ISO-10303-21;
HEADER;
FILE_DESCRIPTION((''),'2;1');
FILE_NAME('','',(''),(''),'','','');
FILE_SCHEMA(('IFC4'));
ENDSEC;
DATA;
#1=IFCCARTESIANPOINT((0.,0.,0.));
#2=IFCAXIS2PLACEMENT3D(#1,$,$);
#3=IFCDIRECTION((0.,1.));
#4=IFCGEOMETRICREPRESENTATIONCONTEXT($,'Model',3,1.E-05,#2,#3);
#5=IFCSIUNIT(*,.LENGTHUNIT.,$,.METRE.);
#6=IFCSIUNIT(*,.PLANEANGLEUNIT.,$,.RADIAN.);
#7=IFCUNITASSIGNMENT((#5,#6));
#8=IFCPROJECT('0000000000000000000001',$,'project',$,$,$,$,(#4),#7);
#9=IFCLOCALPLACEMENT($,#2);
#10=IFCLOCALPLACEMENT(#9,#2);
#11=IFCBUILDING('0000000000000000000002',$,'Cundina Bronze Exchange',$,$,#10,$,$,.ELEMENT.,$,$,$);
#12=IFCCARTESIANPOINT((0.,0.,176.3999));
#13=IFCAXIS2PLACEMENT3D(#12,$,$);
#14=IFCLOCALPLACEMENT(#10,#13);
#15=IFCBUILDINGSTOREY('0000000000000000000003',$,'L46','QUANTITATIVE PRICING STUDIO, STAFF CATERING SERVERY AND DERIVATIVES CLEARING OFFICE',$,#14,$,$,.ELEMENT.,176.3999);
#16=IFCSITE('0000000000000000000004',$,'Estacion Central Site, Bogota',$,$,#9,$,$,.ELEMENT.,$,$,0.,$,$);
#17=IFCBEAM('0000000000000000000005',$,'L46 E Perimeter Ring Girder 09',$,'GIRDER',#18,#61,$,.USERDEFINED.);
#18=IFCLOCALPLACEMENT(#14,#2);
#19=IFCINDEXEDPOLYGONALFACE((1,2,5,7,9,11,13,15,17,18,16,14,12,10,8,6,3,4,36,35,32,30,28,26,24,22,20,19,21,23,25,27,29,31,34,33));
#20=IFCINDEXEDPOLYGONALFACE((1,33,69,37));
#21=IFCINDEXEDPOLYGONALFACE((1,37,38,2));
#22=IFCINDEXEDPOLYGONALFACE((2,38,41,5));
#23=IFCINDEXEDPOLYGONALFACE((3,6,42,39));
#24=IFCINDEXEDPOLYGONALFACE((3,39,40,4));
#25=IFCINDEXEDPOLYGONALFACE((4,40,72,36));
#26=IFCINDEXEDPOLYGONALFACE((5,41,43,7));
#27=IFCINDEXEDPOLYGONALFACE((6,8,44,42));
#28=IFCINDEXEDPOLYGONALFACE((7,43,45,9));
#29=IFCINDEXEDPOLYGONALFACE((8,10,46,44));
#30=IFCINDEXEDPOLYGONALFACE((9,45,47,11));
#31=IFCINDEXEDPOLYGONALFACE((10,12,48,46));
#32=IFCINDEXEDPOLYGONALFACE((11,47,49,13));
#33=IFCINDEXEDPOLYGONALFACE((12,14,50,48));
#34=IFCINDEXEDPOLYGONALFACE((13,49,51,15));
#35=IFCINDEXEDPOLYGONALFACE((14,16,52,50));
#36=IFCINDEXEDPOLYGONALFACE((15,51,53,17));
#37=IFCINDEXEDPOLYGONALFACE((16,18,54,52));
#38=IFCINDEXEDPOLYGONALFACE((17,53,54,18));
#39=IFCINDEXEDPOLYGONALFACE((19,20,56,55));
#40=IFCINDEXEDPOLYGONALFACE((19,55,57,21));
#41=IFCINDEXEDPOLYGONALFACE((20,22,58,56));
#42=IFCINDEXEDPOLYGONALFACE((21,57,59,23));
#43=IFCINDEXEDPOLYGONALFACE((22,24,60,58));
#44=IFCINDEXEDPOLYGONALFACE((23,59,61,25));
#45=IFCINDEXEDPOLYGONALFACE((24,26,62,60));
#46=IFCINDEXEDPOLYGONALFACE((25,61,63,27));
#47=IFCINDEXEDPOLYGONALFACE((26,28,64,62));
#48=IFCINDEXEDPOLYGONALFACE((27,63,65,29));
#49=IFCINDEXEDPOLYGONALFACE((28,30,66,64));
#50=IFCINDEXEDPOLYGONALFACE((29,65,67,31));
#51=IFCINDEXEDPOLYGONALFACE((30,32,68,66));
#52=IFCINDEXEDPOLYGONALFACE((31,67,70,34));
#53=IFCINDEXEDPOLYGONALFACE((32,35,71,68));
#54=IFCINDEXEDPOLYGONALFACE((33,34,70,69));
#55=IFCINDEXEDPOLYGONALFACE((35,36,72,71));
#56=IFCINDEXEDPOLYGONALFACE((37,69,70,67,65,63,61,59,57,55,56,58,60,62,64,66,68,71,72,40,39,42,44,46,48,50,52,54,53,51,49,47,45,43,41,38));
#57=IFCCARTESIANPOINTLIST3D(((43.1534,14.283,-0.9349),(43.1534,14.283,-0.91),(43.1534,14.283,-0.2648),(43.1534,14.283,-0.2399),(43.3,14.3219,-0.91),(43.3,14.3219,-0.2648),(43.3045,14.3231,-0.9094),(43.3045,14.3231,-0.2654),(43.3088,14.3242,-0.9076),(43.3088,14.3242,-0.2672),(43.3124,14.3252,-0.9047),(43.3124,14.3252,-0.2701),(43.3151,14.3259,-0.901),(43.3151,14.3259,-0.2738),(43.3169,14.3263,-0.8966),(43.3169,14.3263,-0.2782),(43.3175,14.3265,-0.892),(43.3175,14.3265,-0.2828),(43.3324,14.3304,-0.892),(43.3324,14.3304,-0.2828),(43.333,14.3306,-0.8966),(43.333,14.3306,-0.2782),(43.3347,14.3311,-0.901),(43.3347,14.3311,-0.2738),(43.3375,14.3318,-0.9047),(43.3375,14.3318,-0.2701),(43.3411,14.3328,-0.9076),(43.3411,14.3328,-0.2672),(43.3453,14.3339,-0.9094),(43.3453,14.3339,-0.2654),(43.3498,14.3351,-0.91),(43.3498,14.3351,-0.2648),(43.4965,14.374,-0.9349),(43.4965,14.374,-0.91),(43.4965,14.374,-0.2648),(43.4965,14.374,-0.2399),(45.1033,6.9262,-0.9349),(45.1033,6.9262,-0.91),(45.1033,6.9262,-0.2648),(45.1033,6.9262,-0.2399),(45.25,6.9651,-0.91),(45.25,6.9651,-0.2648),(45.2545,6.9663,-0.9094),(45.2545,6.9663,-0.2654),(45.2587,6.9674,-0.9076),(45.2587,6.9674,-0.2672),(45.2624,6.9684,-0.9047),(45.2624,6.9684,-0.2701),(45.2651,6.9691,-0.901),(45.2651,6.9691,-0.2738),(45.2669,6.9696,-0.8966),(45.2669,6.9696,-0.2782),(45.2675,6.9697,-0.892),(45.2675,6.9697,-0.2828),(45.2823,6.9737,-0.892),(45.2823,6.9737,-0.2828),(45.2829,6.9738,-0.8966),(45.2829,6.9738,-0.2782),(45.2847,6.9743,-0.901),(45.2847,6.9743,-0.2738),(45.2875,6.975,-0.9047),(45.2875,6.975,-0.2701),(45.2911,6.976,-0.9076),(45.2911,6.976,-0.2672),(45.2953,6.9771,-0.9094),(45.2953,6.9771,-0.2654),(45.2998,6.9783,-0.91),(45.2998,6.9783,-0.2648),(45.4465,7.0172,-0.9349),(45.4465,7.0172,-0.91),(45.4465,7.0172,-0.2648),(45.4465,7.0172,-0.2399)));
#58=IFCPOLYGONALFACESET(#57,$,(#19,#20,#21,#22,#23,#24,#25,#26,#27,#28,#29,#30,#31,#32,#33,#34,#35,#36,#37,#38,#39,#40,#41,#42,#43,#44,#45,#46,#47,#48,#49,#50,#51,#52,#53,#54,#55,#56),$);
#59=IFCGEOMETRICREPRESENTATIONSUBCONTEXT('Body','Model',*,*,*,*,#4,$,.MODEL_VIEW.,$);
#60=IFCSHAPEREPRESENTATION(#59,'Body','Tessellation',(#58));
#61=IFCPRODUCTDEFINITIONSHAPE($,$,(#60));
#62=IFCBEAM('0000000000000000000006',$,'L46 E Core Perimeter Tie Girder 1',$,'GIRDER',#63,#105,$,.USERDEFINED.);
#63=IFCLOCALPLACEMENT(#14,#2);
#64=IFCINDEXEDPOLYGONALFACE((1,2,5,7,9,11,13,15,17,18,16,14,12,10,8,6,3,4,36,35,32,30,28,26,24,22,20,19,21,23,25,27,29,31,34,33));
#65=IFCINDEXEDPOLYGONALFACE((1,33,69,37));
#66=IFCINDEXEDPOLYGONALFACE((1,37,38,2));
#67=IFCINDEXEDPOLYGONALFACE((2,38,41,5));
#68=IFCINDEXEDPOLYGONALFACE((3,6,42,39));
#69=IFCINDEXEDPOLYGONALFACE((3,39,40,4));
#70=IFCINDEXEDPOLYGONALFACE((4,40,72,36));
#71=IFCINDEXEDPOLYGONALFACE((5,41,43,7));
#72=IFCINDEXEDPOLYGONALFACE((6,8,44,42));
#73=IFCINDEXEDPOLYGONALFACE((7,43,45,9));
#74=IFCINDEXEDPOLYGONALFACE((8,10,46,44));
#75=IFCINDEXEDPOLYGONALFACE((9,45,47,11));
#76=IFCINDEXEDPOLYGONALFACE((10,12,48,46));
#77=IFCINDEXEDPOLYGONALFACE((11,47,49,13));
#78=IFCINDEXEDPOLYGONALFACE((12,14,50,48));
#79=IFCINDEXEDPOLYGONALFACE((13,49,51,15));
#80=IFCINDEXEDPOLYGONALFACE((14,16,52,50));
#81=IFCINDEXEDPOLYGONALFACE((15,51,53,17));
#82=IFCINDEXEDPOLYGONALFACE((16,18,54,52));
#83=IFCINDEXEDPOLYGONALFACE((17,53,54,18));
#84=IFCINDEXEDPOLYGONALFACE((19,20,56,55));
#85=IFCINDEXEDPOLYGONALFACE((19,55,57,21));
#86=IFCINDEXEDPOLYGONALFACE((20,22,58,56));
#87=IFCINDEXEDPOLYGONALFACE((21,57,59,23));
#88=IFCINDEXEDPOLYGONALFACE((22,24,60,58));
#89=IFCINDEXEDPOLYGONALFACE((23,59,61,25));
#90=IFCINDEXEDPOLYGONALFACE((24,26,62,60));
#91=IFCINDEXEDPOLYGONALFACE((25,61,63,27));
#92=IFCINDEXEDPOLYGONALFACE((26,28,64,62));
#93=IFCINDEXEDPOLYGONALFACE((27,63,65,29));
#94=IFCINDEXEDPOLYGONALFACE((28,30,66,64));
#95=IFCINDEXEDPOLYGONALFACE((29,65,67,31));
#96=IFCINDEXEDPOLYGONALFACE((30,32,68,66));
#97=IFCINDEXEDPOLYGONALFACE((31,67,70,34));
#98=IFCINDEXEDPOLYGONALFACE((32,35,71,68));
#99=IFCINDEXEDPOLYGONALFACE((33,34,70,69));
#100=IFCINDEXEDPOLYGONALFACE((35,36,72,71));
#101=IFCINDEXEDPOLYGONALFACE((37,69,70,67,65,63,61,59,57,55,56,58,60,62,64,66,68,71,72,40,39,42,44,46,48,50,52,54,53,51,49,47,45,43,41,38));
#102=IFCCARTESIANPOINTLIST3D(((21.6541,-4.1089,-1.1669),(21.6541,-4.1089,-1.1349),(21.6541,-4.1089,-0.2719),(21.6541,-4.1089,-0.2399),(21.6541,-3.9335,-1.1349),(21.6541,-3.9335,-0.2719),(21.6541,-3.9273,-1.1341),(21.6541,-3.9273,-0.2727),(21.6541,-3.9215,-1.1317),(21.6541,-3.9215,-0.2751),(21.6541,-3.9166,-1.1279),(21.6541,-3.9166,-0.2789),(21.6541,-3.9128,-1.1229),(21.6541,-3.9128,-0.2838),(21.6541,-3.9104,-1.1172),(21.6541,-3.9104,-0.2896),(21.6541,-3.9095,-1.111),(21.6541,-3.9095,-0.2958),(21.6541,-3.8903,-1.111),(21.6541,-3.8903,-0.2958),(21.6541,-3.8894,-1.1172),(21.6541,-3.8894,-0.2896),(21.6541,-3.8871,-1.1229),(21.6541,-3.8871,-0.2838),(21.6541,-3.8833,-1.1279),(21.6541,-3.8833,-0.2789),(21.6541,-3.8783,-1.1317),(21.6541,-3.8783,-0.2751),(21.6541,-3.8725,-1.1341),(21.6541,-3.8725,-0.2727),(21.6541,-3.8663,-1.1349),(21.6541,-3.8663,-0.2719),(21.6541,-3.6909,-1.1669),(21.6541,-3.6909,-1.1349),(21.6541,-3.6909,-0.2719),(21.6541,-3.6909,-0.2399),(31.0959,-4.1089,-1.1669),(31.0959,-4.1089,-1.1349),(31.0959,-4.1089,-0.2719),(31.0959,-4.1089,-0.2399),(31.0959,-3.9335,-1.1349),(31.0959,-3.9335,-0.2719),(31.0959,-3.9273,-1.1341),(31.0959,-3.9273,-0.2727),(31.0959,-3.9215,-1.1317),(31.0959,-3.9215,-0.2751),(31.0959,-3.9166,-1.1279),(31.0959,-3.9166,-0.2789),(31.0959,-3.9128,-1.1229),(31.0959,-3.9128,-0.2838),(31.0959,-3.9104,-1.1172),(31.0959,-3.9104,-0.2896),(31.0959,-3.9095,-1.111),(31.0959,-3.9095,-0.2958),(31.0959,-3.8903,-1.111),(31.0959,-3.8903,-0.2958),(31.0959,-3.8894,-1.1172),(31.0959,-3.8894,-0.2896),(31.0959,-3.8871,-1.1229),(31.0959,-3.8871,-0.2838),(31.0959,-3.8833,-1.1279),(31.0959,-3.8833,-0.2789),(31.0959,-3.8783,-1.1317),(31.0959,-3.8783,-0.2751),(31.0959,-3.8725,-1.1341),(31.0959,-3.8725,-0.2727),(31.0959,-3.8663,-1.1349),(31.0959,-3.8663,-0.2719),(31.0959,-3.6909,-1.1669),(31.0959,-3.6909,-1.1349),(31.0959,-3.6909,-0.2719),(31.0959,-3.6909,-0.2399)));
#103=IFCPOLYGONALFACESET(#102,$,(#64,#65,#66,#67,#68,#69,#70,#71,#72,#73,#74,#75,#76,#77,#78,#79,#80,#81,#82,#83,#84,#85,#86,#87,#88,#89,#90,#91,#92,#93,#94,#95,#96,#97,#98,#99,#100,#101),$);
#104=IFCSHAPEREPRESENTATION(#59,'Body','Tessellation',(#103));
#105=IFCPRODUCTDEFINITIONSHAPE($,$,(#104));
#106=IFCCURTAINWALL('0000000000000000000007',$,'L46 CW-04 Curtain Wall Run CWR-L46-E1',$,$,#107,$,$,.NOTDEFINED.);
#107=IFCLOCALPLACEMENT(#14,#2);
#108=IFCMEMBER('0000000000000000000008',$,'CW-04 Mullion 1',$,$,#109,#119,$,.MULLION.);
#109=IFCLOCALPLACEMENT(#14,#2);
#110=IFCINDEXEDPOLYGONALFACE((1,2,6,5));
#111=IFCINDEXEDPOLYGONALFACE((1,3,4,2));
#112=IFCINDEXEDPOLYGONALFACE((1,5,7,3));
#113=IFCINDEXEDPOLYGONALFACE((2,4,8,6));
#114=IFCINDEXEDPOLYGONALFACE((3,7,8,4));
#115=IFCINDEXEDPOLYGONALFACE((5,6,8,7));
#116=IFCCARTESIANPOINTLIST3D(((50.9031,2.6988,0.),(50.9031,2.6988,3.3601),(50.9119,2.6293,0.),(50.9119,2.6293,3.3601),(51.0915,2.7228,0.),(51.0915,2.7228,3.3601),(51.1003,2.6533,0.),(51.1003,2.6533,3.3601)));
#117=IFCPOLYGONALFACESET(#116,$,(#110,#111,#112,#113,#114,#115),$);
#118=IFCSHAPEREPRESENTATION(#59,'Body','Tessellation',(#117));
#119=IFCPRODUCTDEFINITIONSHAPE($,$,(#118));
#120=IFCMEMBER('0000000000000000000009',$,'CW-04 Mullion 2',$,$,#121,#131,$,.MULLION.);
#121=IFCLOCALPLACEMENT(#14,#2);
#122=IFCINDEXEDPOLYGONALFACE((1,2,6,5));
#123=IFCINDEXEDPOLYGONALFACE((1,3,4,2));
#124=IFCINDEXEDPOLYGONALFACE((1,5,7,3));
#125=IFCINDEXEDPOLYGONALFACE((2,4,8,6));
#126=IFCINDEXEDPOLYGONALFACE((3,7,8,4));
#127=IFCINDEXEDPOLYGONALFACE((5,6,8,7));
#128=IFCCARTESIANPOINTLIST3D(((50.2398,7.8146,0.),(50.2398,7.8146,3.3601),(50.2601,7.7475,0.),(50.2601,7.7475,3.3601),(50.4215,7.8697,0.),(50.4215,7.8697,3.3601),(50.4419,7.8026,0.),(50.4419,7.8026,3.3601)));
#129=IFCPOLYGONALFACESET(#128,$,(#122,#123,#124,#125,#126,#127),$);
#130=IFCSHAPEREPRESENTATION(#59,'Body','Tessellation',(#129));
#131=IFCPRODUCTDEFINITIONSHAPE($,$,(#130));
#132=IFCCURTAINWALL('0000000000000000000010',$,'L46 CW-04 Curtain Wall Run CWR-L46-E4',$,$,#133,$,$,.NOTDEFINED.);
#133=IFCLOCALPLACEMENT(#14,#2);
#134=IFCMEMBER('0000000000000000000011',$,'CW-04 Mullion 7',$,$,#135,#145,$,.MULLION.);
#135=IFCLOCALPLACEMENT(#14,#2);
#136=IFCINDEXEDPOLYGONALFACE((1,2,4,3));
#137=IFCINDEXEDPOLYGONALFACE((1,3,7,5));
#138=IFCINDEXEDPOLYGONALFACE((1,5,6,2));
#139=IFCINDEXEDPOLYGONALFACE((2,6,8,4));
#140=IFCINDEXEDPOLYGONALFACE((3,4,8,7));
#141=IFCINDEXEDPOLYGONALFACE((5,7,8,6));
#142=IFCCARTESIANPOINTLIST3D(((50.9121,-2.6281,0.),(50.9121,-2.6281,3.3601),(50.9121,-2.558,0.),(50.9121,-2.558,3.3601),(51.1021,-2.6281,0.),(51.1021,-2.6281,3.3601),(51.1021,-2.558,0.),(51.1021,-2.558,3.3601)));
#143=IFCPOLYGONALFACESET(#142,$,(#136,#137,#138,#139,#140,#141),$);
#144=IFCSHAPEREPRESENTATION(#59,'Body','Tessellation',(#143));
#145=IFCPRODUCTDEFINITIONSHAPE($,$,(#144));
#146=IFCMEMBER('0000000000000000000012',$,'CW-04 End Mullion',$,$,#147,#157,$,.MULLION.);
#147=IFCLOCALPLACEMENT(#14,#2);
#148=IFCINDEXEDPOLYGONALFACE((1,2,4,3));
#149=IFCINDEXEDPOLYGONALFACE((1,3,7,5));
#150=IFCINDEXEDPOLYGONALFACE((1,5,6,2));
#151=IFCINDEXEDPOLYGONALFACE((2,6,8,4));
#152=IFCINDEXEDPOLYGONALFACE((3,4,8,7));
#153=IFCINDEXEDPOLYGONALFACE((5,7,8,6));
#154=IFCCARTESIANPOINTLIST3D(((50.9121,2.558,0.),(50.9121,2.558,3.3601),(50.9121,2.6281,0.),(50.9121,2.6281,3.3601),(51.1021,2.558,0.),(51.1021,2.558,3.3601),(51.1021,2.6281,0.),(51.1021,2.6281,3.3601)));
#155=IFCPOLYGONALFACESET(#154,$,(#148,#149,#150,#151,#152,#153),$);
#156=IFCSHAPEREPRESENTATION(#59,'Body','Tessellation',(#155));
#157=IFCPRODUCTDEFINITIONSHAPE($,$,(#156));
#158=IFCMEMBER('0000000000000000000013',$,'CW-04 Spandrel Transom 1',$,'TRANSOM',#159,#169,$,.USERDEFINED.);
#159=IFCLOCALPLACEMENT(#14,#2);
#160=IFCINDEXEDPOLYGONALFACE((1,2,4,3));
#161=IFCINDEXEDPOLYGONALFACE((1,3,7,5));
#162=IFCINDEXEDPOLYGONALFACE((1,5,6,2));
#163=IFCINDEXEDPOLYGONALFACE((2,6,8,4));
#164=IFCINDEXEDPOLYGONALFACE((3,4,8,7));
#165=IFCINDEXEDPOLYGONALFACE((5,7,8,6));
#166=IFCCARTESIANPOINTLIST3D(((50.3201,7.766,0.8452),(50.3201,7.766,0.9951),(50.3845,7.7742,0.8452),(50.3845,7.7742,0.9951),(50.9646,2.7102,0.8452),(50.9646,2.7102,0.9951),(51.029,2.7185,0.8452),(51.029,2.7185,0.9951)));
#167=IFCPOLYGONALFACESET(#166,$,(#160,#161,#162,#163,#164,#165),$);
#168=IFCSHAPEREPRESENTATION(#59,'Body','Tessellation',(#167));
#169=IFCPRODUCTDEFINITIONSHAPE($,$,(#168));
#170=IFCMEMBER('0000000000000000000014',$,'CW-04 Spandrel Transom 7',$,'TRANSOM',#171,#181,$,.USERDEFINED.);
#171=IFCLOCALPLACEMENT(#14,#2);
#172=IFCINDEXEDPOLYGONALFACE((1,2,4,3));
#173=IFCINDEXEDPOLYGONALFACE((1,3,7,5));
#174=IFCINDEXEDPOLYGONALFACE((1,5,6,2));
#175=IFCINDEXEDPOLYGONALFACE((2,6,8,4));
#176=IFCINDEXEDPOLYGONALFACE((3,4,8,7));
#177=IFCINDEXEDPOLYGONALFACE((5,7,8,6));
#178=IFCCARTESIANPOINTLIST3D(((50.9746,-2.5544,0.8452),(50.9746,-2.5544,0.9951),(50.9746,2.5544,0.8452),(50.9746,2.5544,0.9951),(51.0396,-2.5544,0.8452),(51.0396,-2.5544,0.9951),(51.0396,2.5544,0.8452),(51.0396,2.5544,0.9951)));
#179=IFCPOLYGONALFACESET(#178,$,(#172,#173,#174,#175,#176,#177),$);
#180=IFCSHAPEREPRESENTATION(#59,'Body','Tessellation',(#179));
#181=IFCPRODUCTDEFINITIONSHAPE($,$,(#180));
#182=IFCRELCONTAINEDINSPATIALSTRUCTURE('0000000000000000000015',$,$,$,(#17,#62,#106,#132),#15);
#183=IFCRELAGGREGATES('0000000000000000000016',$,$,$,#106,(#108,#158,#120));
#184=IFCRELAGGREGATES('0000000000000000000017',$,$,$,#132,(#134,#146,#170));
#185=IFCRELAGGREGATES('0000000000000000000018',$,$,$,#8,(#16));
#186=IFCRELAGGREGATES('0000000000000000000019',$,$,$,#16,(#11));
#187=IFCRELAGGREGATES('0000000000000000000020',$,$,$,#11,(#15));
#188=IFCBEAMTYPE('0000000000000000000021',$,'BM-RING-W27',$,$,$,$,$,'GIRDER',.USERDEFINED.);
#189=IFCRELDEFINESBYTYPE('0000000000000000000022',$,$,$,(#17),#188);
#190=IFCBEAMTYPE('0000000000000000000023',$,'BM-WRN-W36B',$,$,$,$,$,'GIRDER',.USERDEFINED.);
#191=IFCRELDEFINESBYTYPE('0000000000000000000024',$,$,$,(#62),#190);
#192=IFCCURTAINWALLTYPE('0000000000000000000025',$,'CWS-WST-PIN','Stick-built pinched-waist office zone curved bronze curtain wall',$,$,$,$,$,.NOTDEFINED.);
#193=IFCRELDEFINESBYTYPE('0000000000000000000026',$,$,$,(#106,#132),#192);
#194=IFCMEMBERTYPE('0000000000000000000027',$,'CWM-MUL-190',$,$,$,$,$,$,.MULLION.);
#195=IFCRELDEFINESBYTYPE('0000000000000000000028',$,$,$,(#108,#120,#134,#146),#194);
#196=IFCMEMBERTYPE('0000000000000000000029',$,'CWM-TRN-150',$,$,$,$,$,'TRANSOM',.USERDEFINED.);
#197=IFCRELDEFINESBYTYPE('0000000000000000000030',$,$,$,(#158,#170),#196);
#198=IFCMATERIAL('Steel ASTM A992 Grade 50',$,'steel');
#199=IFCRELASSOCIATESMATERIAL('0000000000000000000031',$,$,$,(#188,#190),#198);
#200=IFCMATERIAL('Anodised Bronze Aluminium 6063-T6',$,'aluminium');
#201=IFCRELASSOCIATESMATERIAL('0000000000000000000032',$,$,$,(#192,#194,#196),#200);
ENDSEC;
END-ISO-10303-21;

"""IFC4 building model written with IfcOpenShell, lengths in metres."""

from ifc_helpers import new_model, si_unit, direction, frame, origin, origin_2d, place, context, subcontext, project, spatial, rectangle, i_section, extrude, material, material_profile, profile_set, type_object, element, aggregate, save


model = new_model("IFC4")

# Units and contexts
model_context = context("Model", 3, precision=1e-05, world=origin(), true_north=direction((0.0, 1.0)))
body_context = subcontext(model_context, "Body", "Model", "MODEL_VIEW")
ifc_project = project(units=[si_unit("LENGTHUNIT", "METRE"), si_unit("PLANEANGLEUNIT", "RADIAN")], contexts=[model_context])

# Site, building, storey
site_placement = place(None, origin())
site = spatial("IfcSite", under=ifc_project, at=site_placement, Name="Estacion Central Site, Bogota", CompositionType="ELEMENT", RefElevation=0.0)
building_placement = place(site_placement, origin())
building = spatial("IfcBuilding", under=site, at=building_placement, Name="Cundina Bronze Exchange", CompositionType="ELEMENT")
storey_placement = place(building_placement, frame((0.0, 0.0, 176.3999)))
storey = spatial("IfcBuildingStorey", under=building, at=storey_placement, Name="L46", Description="QUANTITATIVE PRICING STUDIO, STAFF CATERING SERVERY AND DERIVATIVES CLEARING OFFICE", CompositionType="ELEMENT", Elevation=176.3999)

# Shared definitions
ifc_material_1 = material(Name="Steel ASTM A992 Grade 50", Category="steel")

# Beams
ifc_material_profile_1 = material_profile(ifc_material_1, i_section(OverallWidth=0.355, OverallDepth=0.6951, WebThickness=0.0154, FlangeThickness=0.0249, FilletRadius=0.0181, at=origin_2d()), Name="W27X146", Category="steel")
ifc_profile_set_1 = profile_set([ifc_material_profile_1], Name="Steel ASTM A992 Grade 50")
beam_type_1 = type_object("IfcBeamType", Name="BM-RING-W27", ElementType="GIRDER", PredefinedType="USERDEFINED", material=ifc_profile_set_1)
for number, where, z_axis, x_axis, name in (
    (1, (45.2749, 6.9717, -0.5874), (-0.256211, 0.966621, 0.0), (-0.966621, -0.256211, 0.0), "L46 E Perimeter Ring Girder 09"),
):
    element("IfcBeam", number, at=place(storey_placement, frame(where, z_axis=z_axis, x_axis=x_axis)), inside=storey, type_object=beam_type_1, Name=name, ObjectType="GIRDER", PredefinedType="USERDEFINED", context=body_context, shape_type="SweptSolid", body=[
        extrude(i_section(OverallWidth=0.355, OverallDepth=0.6951, WebThickness=0.0154, FlangeThickness=0.0249, FilletRadius=0.0181, at=origin_2d()), origin(), (0.0, 0.0, 1.0), 7.6108),
    ])
ifc_material_profile_2 = material_profile(ifc_material_1, i_section(OverallWidth=0.418, OverallDepth=0.927, WebThickness=0.0193, FlangeThickness=0.032, FilletRadius=0.0239, at=origin_2d()), Name="W36X231", Category="steel")
ifc_profile_set_2 = profile_set([ifc_material_profile_2], Name="Steel ASTM A992 Grade 50")
beam_type_2 = type_object("IfcBeamType", Name="BM-WRN-W36B", ElementType="GIRDER", PredefinedType="USERDEFINED", material=ifc_profile_set_2)
beam_1_placement = place(storey_placement, frame((31.0959, -3.8999, -0.7034), z_axis=(-1.0, 0.0, 0.0), x_axis=(0.0, -1.0, 0.0)))
element("IfcBeam", 2, at=beam_1_placement, inside=storey, type_object=beam_type_2, Name="L46 E Core Perimeter Tie Girder 1", ObjectType="GIRDER", PredefinedType="USERDEFINED", context=body_context, shape_type="SweptSolid", body=[
    extrude(i_section(OverallWidth=0.418, OverallDepth=0.927, WebThickness=0.0193, FlangeThickness=0.032, FilletRadius=0.0239, at=origin_2d()), origin(), (0.0, 0.0, 1.0), 9.4419),
])

# Curtain walls, members
ifc_material_2 = material(Name="Anodised Bronze Aluminium 6063-T6", Category="aluminium")
curtain_wall_type = type_object("IfcCurtainWallType", Name="CWS-WST-PIN", Description="Stick-built pinched-waist office zone curved bronze curtain wall", PredefinedType="NOTDEFINED", material=ifc_material_2)
curtain_wall_1_placement = place(storey_placement, origin())
curtain_wall_1 = element("IfcCurtainWall", 3, at=curtain_wall_1_placement, inside=storey, type_object=curtain_wall_type, Name="L46 CW-04 Curtain Wall Run CWR-L46-E1", PredefinedType="NOTDEFINED")
ifc_material_profile_3 = material_profile(ifc_material_2, rectangle(XDim=0.0701, YDim=0.1899, at=origin_2d()), Name="AL70X190", Category="aluminium")
ifc_profile_set_3 = profile_set([ifc_material_profile_3], Name="Anodised Bronze Aluminium 6063-T6")
member_type_1 = type_object("IfcMemberType", Name="CWM-MUL-190", PredefinedType="MULLION", material=ifc_profile_set_3)
member_1_placement = place(storey_placement, frame((51.0017, 2.676, 0.0), z_axis=(0.0, 0.0, 1.0), x_axis=(-0.126545, 0.991961, 0.0)))
member_1 = element("IfcMember", 4, at=member_1_placement, type_object=member_type_1, Name="CW-04 Mullion 1", PredefinedType="MULLION", context=body_context, shape_type="SweptSolid", body=[
    extrude(rectangle(XDim=0.0701, YDim=0.1899, at=origin_2d()), origin(), (0.0, 0.0, 1.0), 3.3601),
])
member_2_placement = place(storey_placement, frame((50.3408, 7.8086, 0.0), z_axis=(0.0, 0.0, 1.0), x_axis=(-0.290034, 0.957016, 0.0)))
member_2 = element("IfcMember", 5, at=member_2_placement, type_object=member_type_1, Name="CW-04 Mullion 2", PredefinedType="MULLION", context=body_context, shape_type="SweptSolid", body=[
    extrude(rectangle(XDim=0.0701, YDim=0.1899, at=origin_2d()), origin(), (0.0, 0.0, 1.0), 3.3601),
])
curtain_wall_2_placement = place(storey_placement, origin())
curtain_wall_2 = element("IfcCurtainWall", 6, at=curtain_wall_2_placement, inside=storey, type_object=curtain_wall_type, Name="L46 CW-04 Curtain Wall Run CWR-L46-E4", PredefinedType="NOTDEFINED")
member_3_placement = place(storey_placement, frame((51.0071, -2.593, 0.0), z_axis=(0.0, 0.0, 1.0), x_axis=(0.0, 1.0, 0.0)))
member_3 = element("IfcMember", 7, at=member_3_placement, type_object=member_type_1, Name="CW-04 Mullion 7", PredefinedType="MULLION", context=body_context, shape_type="SweptSolid", body=[
    extrude(rectangle(XDim=0.0701, YDim=0.1899, at=origin_2d()), origin(), (0.0, 0.0, 1.0), 3.3601),
])
member_4_placement = place(storey_placement, frame((51.0071, 2.593, 0.0), z_axis=(0.0, 0.0, 1.0), x_axis=(0.0, 1.0, 0.0)))
member_4 = element("IfcMember", 8, at=member_4_placement, type_object=member_type_1, Name="CW-04 End Mullion", PredefinedType="MULLION", context=body_context, shape_type="SweptSolid", body=[
    extrude(rectangle(XDim=0.0701, YDim=0.1899, at=origin_2d()), origin(), (0.0, 0.0, 1.0), 3.3601),
])

# Members
ifc_material_profile_4 = material_profile(ifc_material_2, rectangle(XDim=0.0649, YDim=0.1499, at=origin_2d()), Name="AL65X150", Category="aluminium")
ifc_profile_set_4 = profile_set([ifc_material_profile_4], Name="Anodised Bronze Aluminium 6063-T6")
member_type_2 = type_object("IfcMemberType", Name="CWM-TRN-150", ElementType="TRANSOM", PredefinedType="USERDEFINED", material=ifc_profile_set_4)
member_5_placement = place(storey_placement, frame((50.9968, 2.7144, 0.9202), z_axis=(-0.126463, 0.991971, 0.0), x_axis=(-0.991971, -0.126463, 0.0)))
member_5 = element("IfcMember", 9, at=member_5_placement, type_object=member_type_2, Name="CW-04 Spandrel Transom 1", ObjectType="TRANSOM", PredefinedType="USERDEFINED", context=body_context, shape_type="SweptSolid", body=[
    extrude(rectangle(XDim=0.0649, YDim=0.1499, at=origin_2d()), origin(), (0.0, 0.0, 1.0), 5.0967),
])
member_6_placement = place(storey_placement, frame((51.0071, -2.5544, 0.9202), z_axis=(0.0, 1.0, 0.0), x_axis=(-1.0, 0.0, 0.0)))
member_6 = element("IfcMember", 10, at=member_6_placement, type_object=member_type_2, Name="CW-04 Spandrel Transom 7", ObjectType="TRANSOM", PredefinedType="USERDEFINED", context=body_context, shape_type="SweptSolid", body=[
    extrude(rectangle(XDim=0.0649, YDim=0.1499, at=origin_2d()), origin(), (0.0, 0.0, 1.0), 5.1089),
])

aggregate(curtain_wall_1, [member_1, member_5, member_2])
aggregate(curtain_wall_2, [member_3, member_4, member_6])

save(model, "model.ifc")
